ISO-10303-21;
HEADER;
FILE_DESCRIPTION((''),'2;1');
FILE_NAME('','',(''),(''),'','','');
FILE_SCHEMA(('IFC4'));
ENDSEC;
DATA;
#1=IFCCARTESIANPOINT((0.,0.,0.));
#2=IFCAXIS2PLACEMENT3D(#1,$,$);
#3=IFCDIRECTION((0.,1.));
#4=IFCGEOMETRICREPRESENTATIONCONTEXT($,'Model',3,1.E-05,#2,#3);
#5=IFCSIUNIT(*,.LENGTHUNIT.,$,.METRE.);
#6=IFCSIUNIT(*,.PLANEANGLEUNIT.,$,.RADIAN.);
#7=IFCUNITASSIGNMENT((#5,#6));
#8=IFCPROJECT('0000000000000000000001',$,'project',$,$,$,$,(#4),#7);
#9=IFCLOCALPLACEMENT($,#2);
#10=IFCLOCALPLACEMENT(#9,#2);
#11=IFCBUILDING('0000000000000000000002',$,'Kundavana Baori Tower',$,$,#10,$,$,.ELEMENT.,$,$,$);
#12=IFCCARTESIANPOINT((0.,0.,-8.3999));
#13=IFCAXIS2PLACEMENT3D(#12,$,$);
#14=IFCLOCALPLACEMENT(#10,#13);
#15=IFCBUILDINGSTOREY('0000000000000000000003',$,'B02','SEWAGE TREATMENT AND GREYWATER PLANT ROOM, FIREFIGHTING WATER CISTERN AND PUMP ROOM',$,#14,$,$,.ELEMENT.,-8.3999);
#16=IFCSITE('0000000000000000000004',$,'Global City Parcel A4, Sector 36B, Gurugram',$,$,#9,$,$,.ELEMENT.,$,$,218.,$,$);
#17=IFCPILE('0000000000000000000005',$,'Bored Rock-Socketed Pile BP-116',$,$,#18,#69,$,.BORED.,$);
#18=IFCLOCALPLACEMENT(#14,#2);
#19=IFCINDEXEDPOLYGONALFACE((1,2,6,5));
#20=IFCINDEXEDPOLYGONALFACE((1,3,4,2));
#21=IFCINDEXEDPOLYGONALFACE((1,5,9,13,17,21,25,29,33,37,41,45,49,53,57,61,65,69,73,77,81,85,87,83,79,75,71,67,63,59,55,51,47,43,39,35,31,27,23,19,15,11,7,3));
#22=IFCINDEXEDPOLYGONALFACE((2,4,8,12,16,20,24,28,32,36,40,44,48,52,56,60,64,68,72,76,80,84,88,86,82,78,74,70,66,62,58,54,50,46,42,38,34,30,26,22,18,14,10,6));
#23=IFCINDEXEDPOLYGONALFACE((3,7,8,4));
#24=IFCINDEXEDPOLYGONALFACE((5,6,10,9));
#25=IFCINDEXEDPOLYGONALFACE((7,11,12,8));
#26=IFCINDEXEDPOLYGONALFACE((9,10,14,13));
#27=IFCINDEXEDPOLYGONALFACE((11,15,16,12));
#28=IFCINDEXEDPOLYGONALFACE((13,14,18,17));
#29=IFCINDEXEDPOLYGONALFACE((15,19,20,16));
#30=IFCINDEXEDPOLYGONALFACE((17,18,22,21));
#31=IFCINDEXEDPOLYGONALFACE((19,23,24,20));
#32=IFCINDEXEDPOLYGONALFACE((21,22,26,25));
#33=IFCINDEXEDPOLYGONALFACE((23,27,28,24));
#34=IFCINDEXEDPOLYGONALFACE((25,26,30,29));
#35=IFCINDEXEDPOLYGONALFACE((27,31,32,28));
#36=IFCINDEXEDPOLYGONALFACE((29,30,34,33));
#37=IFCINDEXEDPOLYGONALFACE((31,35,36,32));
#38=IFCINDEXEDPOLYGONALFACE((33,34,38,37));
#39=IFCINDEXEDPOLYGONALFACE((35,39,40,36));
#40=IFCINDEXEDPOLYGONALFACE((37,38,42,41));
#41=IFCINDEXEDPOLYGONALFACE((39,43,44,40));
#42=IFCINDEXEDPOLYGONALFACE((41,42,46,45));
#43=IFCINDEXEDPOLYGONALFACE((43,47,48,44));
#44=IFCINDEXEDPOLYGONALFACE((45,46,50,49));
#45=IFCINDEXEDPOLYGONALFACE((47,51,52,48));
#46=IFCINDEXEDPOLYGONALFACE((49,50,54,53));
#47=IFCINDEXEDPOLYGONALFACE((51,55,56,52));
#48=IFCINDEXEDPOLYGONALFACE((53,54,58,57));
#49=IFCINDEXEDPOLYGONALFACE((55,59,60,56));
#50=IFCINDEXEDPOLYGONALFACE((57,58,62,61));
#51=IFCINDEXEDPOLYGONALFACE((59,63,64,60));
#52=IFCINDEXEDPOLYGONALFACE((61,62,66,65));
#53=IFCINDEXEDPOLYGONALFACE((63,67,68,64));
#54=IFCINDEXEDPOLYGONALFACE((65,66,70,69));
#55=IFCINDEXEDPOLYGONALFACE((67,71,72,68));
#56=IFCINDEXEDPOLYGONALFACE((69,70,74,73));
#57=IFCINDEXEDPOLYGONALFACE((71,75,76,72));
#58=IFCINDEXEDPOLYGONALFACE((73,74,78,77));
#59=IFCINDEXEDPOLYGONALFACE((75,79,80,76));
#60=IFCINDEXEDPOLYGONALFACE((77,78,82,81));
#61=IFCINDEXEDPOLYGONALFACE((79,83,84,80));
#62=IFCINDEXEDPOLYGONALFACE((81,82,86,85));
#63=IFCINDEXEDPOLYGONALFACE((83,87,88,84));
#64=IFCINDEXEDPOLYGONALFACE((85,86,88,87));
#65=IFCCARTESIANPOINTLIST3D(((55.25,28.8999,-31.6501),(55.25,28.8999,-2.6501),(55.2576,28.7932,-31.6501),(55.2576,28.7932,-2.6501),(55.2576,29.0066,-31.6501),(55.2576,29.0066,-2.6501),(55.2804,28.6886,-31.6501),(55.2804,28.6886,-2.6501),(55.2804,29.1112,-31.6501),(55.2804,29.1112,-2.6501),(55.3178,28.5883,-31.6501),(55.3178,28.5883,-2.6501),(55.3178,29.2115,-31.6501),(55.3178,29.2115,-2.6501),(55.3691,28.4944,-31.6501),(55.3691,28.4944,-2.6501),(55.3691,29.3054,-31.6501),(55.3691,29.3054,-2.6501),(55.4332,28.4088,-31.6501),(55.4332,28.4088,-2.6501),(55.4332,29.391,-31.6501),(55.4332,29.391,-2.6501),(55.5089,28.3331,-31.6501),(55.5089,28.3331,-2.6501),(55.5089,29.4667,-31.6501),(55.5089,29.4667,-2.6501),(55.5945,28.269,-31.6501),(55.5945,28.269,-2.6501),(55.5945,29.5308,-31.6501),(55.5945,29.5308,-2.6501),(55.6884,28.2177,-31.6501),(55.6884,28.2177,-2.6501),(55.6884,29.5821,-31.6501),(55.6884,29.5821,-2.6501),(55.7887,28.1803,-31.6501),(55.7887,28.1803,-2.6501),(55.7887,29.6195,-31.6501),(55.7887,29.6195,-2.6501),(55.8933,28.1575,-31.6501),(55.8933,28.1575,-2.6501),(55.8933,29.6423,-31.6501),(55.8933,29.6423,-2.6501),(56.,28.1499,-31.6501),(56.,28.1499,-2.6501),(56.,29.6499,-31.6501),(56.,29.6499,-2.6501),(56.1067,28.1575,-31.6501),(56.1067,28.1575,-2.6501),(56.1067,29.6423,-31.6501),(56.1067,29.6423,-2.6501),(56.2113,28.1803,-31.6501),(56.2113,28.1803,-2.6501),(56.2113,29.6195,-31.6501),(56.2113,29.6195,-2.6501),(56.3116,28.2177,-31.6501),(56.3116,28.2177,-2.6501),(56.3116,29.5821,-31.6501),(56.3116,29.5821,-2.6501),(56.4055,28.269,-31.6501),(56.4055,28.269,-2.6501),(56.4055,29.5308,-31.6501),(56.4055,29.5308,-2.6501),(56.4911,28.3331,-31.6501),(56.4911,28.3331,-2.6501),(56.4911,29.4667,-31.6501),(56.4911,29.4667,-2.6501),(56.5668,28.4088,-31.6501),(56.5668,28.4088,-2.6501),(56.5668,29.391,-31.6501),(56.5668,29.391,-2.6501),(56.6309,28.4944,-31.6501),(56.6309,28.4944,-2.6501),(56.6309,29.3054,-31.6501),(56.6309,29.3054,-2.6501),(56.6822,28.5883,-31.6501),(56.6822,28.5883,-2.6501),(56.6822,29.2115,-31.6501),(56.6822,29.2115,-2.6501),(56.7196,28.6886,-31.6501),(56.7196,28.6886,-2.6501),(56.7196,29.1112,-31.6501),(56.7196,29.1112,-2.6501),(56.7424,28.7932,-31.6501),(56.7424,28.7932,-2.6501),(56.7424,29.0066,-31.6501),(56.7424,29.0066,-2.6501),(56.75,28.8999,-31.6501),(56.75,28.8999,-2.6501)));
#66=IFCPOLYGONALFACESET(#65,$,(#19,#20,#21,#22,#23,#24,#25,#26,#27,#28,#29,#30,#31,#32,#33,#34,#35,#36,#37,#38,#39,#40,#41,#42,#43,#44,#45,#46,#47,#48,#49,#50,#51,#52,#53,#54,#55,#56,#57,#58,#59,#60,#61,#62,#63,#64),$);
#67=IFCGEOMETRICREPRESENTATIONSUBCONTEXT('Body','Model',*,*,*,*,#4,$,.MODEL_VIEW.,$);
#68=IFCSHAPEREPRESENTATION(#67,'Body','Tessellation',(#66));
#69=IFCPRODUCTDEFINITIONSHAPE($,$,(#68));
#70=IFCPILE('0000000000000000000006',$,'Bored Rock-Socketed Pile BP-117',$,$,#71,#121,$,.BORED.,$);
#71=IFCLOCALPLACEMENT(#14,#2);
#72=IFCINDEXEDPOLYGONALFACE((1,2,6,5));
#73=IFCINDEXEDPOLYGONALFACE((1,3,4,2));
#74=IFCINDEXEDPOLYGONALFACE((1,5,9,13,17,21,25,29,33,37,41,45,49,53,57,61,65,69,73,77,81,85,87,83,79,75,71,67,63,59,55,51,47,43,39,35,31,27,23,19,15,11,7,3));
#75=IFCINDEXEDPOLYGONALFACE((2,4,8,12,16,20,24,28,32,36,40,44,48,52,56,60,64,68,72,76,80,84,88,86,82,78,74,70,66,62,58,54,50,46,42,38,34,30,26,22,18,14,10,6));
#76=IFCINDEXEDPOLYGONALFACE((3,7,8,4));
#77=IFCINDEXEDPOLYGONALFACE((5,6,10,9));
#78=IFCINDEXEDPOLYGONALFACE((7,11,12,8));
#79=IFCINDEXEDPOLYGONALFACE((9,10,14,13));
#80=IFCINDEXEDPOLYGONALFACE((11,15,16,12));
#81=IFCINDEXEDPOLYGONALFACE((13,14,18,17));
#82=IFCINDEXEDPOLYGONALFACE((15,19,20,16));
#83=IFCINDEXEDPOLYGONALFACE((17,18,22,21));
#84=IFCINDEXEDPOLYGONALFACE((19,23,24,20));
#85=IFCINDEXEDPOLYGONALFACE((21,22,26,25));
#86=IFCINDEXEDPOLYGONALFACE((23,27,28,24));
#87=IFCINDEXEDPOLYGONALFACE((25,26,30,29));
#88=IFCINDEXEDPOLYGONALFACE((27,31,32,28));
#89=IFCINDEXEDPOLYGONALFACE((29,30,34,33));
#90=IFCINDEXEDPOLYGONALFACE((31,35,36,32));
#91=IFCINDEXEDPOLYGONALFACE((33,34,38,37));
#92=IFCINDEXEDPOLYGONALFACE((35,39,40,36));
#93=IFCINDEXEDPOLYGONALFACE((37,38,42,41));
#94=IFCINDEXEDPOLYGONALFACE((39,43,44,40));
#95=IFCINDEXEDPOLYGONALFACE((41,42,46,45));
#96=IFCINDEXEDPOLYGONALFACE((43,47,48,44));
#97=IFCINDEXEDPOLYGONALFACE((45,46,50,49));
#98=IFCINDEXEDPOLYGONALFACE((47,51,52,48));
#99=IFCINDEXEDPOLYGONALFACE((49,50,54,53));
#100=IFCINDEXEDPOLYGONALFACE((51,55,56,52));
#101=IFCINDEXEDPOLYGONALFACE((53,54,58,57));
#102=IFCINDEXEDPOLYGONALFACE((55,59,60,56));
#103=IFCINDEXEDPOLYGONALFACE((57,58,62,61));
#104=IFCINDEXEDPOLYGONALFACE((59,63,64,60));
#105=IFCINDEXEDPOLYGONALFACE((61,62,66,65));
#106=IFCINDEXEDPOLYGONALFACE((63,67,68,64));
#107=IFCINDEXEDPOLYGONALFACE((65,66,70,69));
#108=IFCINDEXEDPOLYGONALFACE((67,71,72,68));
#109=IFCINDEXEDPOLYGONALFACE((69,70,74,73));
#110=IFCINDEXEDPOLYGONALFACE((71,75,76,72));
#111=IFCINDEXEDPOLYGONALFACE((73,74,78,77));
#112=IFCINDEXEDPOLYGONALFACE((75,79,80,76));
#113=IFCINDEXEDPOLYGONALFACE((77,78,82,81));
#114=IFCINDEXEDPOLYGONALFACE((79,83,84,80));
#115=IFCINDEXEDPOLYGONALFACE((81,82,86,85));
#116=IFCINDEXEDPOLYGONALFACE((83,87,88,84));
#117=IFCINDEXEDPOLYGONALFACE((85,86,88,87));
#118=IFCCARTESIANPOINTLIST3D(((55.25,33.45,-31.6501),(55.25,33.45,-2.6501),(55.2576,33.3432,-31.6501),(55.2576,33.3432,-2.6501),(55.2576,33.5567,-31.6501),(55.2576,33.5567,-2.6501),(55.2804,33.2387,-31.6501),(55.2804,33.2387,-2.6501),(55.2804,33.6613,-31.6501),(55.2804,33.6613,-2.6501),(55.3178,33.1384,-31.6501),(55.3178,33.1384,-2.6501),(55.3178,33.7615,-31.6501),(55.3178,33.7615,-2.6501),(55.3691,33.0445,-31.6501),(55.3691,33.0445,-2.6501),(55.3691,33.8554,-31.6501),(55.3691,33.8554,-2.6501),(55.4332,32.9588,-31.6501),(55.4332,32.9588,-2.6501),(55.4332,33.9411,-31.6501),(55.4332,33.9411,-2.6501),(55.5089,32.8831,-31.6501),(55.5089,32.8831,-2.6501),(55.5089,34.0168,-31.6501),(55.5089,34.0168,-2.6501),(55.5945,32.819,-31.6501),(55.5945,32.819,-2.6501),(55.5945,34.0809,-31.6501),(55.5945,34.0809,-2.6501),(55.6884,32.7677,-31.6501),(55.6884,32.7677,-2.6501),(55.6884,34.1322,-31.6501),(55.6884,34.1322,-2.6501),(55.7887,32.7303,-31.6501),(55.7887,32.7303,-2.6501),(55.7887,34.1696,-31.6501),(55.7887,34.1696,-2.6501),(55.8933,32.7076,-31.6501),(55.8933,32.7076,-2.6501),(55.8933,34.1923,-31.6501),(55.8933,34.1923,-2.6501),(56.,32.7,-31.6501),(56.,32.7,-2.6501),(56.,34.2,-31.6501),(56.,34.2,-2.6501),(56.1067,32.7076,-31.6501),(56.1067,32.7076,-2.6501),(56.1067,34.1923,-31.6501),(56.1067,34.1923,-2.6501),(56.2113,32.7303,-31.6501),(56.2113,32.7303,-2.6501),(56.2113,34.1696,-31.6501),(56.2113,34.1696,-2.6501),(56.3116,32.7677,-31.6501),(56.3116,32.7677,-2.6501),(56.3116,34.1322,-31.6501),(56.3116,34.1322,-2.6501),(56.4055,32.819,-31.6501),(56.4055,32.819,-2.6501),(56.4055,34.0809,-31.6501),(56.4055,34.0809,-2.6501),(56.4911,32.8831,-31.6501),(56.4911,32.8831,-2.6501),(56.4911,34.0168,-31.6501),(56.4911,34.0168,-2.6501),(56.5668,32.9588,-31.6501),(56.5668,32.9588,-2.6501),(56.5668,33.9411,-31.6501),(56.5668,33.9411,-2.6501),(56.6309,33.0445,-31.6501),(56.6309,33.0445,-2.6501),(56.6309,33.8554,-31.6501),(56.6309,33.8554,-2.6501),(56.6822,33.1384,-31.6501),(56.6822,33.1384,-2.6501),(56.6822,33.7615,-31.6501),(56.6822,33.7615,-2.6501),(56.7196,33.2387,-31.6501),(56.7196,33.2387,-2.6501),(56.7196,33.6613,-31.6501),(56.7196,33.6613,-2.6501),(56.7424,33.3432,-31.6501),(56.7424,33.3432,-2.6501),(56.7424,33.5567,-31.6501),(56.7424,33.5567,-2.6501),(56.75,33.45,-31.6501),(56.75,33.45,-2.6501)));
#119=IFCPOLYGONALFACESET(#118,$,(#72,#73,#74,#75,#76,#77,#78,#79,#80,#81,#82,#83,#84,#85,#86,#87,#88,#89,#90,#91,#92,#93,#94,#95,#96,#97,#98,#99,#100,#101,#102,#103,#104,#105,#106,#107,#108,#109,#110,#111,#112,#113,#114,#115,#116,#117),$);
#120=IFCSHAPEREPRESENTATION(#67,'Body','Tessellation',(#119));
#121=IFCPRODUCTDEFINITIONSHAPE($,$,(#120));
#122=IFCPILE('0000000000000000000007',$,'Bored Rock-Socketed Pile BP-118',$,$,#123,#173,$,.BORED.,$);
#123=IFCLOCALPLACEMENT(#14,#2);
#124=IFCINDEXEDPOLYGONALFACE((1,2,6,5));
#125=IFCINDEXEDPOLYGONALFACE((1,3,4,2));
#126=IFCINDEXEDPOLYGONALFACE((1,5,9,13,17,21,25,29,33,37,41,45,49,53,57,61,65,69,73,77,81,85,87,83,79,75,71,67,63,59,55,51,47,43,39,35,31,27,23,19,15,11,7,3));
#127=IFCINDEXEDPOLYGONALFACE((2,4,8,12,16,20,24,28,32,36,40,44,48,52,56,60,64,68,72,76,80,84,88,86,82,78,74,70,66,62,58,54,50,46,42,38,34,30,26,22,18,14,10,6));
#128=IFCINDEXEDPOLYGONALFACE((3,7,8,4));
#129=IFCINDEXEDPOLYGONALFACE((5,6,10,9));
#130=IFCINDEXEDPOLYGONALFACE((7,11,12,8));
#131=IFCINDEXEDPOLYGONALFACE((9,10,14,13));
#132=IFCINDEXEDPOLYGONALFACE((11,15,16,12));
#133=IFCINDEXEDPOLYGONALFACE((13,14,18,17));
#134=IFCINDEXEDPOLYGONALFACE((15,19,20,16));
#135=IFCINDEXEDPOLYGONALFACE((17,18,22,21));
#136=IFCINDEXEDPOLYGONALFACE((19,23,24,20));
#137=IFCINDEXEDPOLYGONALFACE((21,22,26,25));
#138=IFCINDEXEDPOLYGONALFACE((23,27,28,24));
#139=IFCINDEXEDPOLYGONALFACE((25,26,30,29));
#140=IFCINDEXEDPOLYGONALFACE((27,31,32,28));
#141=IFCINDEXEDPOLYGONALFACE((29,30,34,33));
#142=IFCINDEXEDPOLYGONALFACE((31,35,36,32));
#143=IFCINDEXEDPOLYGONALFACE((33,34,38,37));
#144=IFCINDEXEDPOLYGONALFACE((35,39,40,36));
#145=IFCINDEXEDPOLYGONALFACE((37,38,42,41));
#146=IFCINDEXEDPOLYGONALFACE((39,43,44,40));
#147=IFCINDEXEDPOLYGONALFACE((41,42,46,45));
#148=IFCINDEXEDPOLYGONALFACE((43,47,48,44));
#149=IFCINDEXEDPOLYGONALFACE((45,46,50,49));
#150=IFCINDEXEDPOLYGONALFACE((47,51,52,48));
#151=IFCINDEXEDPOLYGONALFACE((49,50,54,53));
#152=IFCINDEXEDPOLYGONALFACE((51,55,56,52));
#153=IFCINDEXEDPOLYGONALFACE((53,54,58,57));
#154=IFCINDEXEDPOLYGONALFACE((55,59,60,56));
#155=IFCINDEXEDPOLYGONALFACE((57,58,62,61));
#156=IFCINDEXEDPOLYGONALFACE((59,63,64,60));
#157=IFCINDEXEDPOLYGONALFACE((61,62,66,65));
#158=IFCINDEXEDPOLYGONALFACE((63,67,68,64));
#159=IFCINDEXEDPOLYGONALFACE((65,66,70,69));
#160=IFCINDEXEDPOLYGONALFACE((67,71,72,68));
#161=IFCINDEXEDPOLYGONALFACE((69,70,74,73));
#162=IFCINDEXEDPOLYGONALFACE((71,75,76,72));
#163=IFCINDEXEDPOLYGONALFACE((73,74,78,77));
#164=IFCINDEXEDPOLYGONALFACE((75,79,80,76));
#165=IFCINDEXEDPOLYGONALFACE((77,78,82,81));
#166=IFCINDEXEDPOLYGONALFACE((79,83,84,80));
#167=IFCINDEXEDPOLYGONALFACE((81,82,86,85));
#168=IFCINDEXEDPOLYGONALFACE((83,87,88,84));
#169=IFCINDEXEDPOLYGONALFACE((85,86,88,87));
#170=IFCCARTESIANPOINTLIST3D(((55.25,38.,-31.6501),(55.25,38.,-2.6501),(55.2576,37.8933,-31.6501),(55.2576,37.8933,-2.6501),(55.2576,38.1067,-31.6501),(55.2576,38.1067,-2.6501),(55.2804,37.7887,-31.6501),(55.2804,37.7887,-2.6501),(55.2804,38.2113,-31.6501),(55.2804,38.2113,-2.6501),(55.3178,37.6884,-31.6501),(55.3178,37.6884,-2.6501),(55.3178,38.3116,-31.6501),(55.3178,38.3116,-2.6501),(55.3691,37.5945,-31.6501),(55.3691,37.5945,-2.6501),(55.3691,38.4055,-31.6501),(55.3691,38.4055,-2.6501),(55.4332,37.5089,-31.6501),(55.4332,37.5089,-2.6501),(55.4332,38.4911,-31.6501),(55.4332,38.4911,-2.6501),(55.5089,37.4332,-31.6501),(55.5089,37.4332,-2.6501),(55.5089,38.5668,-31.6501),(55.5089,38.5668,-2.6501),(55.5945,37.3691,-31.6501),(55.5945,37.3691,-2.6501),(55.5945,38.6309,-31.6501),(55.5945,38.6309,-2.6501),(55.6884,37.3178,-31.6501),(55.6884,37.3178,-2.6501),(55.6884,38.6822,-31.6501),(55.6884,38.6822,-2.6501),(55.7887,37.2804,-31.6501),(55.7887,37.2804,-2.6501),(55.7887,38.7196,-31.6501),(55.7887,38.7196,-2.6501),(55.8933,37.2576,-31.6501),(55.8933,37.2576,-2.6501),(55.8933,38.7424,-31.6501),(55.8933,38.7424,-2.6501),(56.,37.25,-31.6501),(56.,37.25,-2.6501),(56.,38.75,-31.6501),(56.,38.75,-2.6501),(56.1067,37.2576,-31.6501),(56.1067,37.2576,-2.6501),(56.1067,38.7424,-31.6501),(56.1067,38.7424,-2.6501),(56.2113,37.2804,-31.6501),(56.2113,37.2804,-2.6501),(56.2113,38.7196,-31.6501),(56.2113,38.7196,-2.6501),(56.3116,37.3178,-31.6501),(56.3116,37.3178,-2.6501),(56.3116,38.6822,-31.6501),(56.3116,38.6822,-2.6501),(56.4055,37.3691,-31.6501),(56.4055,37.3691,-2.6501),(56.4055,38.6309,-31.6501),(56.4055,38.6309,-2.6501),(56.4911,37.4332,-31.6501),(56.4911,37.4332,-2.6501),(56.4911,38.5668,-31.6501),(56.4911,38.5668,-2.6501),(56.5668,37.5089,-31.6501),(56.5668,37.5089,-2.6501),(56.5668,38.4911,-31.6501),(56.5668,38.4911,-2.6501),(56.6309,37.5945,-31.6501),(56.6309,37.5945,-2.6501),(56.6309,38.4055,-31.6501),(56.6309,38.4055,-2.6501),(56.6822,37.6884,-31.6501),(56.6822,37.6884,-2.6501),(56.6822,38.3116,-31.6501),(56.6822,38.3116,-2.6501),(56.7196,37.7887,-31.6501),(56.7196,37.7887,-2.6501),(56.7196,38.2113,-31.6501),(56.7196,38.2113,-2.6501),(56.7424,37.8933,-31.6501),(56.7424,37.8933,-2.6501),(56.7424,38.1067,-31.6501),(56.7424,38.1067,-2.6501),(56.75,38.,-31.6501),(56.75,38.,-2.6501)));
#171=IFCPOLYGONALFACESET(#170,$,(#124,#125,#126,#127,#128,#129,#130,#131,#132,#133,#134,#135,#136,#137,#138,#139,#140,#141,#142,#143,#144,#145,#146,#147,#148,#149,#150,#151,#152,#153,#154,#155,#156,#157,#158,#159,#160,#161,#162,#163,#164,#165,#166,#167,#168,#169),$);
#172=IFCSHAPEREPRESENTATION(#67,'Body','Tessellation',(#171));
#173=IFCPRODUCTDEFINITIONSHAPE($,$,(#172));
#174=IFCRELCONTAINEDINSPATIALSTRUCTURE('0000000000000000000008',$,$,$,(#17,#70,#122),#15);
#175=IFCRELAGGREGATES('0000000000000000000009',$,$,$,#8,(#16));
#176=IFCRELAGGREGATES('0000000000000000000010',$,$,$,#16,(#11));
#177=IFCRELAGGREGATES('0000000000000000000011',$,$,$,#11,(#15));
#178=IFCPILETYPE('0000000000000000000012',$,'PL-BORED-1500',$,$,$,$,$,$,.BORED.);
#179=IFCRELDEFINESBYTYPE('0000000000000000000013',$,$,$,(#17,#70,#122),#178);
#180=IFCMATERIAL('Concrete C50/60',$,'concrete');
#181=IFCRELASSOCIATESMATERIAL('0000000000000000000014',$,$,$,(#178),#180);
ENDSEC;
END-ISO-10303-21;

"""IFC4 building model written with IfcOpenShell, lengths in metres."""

from ifc_helpers import new_model, si_unit, direction, frame, origin, origin_2d, place, context, subcontext, project, spatial, circle, extrude, material, material_profile, profile_set, type_object, element, save


model = new_model("IFC4")

# Units and contexts
model_context = context("Model", 3, precision=1e-05, world=origin(), true_north=direction((0.0, 1.0)))
body_context = subcontext(model_context, "Body", "Model", "MODEL_VIEW")
ifc_project = project(units=[si_unit("LENGTHUNIT", "METRE"), si_unit("PLANEANGLEUNIT", "RADIAN")], contexts=[model_context])

# Site, building, storey
site_placement = place(None, origin())
site = spatial("IfcSite", under=ifc_project, at=site_placement, Name="Global City Parcel A4, Sector 36B, Gurugram", CompositionType="ELEMENT", RefElevation=218.0)
building_placement = place(site_placement, origin())
building = spatial("IfcBuilding", under=site, at=building_placement, Name="Kundavana Baori Tower", CompositionType="ELEMENT")
storey_placement = place(building_placement, frame((0.0, 0.0, -8.3999)))
storey = spatial("IfcBuildingStorey", under=building, at=storey_placement, Name="B02", Description="SEWAGE TREATMENT AND GREYWATER PLANT ROOM, FIREFIGHTING WATER CISTERN AND PUMP ROOM", CompositionType="ELEMENT", Elevation=-8.3999)

# Piles
ifc_material_1 = material(Name="Concrete C50/60", Category="concrete")
ifc_material_profile_1 = material_profile(ifc_material_1, circle(Radius=0.75, at=origin_2d()), Name="BORED PILE D1500")
ifc_profile_set_1 = profile_set([ifc_material_profile_1], Name="Concrete C50/60")
pile_type_1 = type_object("IfcPileType", Name="PL-BORED-1500", PredefinedType="BORED", material=ifc_profile_set_1)
for number, where, z_axis, x_axis, name in (
    (1, (56.0, 28.8999, -2.6501), (0.0, 0.0, -1.0), (1.0, 0.0, 0.0), "Bored Rock-Socketed Pile BP-116"),
    (2, (56.0, 33.45, -2.6501), (0.0, 0.0, -1.0), (1.0, 0.0, 0.0), "Bored Rock-Socketed Pile BP-117"),
    (3, (56.0, 38.0, -2.6501), (0.0, 0.0, -1.0), (1.0, 0.0, 0.0), "Bored Rock-Socketed Pile BP-118"),
):
    element("IfcPile", number, at=place(storey_placement, frame(where, z_axis=z_axis, x_axis=x_axis)), inside=storey, type_object=pile_type_1, Name=name, PredefinedType="BORED", context=body_context, shape_type="SweptSolid", body=[
        extrude(circle(Radius=0.75, at=origin_2d()), origin(), (0.0, 0.0, 1.0), 29.0),
    ])

save(model, "model.ifc")
